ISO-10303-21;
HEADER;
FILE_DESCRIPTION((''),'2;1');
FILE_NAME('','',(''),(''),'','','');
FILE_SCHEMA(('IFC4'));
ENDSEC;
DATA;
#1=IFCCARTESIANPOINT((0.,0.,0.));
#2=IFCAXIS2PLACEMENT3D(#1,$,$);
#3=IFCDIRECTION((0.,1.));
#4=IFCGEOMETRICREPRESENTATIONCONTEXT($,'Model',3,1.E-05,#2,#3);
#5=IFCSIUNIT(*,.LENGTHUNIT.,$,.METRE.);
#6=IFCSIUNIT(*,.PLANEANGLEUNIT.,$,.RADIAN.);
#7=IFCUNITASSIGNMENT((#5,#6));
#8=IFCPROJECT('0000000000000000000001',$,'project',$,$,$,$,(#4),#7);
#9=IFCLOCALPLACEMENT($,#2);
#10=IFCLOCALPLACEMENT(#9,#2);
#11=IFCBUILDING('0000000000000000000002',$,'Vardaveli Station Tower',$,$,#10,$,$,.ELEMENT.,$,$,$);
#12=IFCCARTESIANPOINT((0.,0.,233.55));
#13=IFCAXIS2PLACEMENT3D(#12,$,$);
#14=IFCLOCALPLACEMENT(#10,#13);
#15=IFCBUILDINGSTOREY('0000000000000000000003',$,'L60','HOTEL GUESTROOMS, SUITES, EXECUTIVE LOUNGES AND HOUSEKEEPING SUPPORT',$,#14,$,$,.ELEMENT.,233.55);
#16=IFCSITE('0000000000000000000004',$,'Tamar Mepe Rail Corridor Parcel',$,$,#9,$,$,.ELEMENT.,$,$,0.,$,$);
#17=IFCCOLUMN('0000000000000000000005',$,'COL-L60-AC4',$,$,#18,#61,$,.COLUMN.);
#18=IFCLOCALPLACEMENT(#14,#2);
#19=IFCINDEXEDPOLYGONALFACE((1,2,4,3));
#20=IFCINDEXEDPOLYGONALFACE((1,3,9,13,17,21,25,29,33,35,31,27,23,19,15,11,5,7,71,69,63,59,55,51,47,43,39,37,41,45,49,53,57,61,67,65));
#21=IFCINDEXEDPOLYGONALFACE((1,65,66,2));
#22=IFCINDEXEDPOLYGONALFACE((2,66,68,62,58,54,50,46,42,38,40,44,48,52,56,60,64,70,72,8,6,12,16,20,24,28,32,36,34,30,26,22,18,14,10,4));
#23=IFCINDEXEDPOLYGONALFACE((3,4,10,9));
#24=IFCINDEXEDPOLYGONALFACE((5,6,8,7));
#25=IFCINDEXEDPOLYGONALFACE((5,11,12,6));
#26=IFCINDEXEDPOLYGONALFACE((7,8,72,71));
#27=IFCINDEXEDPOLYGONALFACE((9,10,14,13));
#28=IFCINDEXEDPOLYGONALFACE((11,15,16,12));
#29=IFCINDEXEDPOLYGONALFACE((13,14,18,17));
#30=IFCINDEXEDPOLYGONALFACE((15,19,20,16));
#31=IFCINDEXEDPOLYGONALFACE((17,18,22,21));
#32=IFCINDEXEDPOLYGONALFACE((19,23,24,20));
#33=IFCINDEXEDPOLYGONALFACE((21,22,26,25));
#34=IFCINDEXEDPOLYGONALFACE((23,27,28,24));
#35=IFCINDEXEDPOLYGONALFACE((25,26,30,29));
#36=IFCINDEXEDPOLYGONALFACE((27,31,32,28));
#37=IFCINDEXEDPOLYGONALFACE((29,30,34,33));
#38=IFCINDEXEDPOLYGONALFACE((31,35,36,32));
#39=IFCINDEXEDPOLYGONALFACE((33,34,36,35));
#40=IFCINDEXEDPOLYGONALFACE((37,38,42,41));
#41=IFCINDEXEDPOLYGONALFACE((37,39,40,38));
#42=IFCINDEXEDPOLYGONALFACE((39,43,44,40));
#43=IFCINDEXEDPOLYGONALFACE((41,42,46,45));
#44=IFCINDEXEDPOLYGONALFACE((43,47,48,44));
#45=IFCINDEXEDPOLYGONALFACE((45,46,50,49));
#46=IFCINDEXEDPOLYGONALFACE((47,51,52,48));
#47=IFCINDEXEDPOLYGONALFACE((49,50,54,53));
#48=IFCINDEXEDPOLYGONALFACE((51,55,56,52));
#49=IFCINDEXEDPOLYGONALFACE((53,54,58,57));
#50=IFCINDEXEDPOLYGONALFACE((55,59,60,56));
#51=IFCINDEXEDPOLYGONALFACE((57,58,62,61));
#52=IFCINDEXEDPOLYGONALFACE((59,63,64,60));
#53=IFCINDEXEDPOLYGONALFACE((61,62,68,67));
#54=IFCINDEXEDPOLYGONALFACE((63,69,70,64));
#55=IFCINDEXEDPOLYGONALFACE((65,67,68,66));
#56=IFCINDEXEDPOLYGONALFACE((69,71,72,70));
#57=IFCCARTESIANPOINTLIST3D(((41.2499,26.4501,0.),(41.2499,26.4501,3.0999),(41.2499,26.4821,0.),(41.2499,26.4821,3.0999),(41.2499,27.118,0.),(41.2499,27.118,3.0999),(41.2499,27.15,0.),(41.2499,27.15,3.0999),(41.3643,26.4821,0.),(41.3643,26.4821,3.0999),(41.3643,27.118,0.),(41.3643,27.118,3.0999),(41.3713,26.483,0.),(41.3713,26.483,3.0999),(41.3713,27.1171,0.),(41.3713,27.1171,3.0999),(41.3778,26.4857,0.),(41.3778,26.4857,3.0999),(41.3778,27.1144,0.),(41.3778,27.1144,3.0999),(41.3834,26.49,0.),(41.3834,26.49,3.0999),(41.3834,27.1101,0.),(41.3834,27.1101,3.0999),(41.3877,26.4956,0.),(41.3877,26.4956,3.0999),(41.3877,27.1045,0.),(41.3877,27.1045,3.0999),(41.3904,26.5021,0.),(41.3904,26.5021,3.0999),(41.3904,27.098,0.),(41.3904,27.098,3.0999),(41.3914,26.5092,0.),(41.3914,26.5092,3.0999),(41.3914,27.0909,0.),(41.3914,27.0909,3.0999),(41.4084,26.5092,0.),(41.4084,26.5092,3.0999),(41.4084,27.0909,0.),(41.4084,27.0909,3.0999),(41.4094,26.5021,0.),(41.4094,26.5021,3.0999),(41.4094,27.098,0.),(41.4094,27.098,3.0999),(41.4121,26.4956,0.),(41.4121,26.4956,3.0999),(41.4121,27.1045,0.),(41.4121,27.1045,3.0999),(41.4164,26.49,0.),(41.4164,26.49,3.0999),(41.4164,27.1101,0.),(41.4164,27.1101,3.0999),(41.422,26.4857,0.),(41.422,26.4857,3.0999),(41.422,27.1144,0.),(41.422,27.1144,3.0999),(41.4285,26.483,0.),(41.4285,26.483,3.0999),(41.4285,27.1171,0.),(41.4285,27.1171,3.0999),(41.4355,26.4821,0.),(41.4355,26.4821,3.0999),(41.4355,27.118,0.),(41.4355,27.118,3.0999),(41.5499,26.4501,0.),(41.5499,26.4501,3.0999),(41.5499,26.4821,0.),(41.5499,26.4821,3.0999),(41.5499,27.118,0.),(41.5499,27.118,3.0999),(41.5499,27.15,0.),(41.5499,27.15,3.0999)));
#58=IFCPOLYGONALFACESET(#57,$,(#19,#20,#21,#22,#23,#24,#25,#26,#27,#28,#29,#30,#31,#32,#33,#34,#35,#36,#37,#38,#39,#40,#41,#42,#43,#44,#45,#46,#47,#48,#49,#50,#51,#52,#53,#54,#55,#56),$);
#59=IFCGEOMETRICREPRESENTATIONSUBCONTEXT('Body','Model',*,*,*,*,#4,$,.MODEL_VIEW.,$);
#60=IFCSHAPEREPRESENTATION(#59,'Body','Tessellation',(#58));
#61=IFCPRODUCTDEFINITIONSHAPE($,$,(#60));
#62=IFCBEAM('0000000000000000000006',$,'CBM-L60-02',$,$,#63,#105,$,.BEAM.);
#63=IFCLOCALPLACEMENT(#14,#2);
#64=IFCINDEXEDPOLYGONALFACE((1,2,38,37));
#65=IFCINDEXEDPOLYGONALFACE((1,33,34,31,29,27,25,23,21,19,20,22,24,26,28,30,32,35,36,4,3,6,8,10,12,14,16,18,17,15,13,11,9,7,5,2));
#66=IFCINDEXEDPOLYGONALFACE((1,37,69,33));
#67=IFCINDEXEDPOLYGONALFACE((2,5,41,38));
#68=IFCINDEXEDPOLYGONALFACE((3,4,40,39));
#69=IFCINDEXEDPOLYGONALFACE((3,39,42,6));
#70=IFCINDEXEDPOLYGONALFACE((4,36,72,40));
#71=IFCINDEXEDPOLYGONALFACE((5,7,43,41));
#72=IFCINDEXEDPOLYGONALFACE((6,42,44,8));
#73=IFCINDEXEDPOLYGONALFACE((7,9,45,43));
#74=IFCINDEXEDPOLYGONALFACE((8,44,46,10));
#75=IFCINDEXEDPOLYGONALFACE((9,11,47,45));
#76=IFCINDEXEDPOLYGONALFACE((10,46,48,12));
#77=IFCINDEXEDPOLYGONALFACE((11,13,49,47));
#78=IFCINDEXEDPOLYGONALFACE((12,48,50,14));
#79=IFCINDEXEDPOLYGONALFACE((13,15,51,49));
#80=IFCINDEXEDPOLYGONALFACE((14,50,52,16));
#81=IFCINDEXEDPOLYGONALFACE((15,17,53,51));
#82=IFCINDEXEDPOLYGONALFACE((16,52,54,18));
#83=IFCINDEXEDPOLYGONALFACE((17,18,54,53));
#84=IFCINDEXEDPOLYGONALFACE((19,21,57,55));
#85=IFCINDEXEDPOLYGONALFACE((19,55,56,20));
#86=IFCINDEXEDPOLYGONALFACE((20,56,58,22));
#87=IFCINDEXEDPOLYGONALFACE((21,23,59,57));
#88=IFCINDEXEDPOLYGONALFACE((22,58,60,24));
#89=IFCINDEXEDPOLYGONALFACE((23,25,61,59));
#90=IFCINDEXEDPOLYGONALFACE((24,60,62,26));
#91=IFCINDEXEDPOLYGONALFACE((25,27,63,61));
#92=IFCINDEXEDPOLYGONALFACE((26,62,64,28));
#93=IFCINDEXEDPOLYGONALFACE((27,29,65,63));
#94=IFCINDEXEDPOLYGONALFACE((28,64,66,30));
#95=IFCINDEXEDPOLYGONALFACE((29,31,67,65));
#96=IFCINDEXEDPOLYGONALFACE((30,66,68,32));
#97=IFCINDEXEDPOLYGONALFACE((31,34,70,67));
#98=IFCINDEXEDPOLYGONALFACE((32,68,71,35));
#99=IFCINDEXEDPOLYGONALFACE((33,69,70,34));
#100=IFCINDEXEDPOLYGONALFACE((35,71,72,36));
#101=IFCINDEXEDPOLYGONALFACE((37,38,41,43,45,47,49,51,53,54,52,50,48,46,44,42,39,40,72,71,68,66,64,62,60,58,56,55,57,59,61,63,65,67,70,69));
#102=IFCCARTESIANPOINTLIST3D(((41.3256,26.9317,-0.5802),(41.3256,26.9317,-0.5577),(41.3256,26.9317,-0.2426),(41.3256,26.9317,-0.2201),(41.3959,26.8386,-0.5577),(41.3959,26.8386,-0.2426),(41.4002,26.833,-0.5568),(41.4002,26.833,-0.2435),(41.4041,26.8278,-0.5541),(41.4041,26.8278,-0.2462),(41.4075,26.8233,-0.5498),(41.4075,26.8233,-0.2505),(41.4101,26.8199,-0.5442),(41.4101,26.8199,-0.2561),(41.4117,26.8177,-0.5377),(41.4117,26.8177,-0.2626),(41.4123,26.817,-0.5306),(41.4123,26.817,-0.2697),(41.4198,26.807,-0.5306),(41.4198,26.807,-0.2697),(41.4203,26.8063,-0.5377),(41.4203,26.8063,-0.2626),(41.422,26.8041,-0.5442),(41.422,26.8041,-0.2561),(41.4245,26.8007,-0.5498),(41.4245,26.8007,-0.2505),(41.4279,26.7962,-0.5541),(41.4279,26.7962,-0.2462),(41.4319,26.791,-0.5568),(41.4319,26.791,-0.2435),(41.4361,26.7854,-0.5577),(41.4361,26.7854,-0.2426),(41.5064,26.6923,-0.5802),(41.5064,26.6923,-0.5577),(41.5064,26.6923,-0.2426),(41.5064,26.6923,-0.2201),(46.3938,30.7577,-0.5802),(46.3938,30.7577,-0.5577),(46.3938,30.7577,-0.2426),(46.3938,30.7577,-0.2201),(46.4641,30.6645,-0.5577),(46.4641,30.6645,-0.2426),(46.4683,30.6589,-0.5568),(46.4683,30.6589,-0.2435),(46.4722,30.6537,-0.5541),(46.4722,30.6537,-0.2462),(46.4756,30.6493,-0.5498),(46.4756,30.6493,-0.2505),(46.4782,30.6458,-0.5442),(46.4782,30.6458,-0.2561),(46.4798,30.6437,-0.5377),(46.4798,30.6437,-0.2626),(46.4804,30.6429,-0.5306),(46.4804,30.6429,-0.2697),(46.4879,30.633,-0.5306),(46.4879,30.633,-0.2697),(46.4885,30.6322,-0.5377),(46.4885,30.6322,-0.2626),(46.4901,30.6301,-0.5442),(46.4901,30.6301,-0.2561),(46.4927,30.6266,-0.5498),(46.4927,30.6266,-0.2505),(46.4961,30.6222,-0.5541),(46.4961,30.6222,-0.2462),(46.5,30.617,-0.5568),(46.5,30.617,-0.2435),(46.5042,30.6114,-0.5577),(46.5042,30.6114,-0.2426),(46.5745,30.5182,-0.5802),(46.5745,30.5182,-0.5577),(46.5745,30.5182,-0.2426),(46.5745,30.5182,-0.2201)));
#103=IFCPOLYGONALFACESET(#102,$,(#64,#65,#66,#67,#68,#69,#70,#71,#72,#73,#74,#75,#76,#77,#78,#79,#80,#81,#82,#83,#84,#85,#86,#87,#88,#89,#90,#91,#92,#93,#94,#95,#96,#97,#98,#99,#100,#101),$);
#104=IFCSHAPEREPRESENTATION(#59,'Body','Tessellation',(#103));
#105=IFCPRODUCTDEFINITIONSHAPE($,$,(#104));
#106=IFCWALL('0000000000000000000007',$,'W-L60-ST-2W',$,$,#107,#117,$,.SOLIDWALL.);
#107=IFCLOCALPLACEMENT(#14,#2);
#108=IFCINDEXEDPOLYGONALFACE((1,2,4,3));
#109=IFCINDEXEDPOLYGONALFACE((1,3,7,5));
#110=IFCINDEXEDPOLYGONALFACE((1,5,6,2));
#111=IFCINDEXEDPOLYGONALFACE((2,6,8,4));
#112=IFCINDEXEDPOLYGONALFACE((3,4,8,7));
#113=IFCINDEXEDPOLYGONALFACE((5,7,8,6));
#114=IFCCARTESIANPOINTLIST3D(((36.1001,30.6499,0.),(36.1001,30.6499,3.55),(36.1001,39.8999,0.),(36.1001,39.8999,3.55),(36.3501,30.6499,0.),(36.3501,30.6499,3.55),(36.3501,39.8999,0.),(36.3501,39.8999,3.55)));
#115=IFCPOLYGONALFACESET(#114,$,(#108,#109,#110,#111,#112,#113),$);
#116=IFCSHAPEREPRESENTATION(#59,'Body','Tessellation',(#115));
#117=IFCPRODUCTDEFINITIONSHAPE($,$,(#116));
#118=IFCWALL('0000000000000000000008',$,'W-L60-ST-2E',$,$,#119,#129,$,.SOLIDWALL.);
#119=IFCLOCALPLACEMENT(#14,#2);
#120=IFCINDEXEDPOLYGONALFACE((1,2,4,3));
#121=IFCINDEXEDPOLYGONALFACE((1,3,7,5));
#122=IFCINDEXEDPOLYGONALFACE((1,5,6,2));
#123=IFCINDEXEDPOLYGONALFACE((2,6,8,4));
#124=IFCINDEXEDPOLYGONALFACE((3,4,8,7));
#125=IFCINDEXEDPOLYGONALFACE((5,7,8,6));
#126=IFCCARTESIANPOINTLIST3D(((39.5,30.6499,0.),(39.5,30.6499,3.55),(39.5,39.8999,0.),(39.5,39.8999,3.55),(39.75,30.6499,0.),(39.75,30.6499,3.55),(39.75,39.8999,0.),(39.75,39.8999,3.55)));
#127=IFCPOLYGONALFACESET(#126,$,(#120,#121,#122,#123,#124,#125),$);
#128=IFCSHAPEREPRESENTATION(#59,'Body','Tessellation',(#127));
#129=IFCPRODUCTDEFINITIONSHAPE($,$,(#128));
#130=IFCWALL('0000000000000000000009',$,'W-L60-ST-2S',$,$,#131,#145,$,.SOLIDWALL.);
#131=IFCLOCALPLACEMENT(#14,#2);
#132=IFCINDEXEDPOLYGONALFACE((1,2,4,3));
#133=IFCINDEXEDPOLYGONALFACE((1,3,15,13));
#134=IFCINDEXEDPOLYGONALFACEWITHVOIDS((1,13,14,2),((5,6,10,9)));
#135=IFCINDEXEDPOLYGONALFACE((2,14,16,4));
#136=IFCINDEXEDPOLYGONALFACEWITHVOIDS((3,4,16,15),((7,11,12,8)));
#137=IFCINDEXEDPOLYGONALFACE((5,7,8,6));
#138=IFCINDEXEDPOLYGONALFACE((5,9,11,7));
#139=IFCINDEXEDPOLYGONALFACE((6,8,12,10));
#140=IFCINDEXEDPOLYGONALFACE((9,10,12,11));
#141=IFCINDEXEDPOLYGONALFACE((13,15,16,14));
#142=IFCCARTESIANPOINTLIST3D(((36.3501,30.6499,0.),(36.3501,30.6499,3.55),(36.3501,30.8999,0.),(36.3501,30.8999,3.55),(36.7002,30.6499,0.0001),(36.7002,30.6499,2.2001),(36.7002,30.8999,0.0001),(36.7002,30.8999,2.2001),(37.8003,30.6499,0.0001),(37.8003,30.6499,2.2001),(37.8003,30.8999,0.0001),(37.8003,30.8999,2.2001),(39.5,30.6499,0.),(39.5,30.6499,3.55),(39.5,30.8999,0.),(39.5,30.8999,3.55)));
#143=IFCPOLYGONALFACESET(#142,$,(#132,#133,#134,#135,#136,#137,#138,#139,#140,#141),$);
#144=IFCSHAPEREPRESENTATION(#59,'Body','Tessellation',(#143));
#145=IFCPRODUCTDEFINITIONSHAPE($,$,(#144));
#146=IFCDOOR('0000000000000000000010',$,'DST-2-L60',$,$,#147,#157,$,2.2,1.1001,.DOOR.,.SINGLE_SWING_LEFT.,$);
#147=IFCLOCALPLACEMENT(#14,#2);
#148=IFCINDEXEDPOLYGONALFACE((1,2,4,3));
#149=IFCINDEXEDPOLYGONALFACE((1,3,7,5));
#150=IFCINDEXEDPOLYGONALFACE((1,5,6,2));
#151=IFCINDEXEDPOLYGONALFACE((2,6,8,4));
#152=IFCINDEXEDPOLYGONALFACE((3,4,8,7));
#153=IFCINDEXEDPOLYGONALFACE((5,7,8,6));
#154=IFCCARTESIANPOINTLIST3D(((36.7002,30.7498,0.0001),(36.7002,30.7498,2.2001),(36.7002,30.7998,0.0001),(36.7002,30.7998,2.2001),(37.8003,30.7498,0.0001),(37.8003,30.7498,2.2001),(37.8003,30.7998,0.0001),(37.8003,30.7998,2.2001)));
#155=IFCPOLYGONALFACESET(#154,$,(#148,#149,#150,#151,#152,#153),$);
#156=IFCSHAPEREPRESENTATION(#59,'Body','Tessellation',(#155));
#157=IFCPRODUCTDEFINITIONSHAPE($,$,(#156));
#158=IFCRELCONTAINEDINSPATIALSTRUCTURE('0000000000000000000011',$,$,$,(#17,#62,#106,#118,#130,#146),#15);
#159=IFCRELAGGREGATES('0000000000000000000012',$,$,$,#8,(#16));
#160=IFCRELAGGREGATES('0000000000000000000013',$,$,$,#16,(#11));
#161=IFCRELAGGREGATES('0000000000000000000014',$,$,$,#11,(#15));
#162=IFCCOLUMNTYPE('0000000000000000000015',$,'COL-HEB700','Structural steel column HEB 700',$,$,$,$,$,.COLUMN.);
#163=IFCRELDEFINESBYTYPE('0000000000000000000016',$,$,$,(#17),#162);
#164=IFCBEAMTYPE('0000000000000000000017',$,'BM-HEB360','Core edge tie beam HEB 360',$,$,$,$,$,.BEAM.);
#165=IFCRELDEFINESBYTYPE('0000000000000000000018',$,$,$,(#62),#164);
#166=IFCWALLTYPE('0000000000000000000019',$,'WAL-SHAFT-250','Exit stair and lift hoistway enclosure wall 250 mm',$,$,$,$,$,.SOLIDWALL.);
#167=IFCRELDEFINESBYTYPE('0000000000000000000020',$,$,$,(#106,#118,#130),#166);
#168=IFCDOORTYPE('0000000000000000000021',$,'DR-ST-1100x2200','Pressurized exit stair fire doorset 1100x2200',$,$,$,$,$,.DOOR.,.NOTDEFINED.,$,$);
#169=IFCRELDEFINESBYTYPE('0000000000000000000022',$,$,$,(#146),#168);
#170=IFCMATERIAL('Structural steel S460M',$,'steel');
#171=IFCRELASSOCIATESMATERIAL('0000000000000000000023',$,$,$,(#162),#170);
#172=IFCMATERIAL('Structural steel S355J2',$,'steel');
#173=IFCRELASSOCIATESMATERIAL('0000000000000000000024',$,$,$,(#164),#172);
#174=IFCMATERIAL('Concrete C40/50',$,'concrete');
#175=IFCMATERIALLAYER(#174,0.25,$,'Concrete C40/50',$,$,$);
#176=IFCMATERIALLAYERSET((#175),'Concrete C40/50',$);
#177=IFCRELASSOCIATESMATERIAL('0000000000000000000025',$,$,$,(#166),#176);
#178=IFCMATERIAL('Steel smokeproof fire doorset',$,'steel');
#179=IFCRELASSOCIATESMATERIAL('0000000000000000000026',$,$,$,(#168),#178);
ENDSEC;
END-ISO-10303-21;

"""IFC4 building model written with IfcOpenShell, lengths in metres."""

from ifc_helpers import new_model, si_unit, direction, frame, frame_2d, origin, origin_2d, place, context, subcontext, project, spatial, rectangle, i_section, extrude, source, transform, mapped, material, layer, layer_set, material_profile, profile_set, type_object, element, fill, save


model = new_model("IFC4")

# Units and contexts
model_context = context("Model", 3, precision=1e-05, world=origin(), true_north=direction((0.0, 1.0)))
body_context = subcontext(model_context, "Body", "Model", "MODEL_VIEW")
ifc_project = project(units=[si_unit("LENGTHUNIT", "METRE"), si_unit("PLANEANGLEUNIT", "RADIAN")], contexts=[model_context])

# Site, building, storey
site_placement = place(None, origin())
site = spatial("IfcSite", under=ifc_project, at=site_placement, Name="Tamar Mepe Rail Corridor Parcel", CompositionType="ELEMENT", RefElevation=0.0)
building_placement = place(site_placement, origin())
building = spatial("IfcBuilding", under=site, at=building_placement, Name="Vardaveli Station Tower", CompositionType="ELEMENT")
storey_placement = place(building_placement, frame((0.0, 0.0, 233.55)))
storey = spatial("IfcBuildingStorey", under=building, at=storey_placement, Name="L60", Description="HOTEL GUESTROOMS, SUITES, EXECUTIVE LOUNGES AND HOUSEKEEPING SUPPORT", CompositionType="ELEMENT", Elevation=233.55)

# Column
ifc_material_1 = material(Name="Structural steel S460M", Category="steel")
ifc_material_profile_1 = material_profile(ifc_material_1, i_section(OverallWidth=0.3, OverallDepth=0.7, WebThickness=0.0171, FlangeThickness=0.032, FilletRadius=0.0271, at=origin_2d()), Name="HEB 700")
ifc_profile_set_1 = profile_set([ifc_material_profile_1], Name="Structural steel S460M")
column_type = type_object("IfcColumnType", Name="COL-HEB700", Description="Structural steel column HEB 700", PredefinedType="COLUMN", material=ifc_profile_set_1)
shared_shape_1 = source(origin(), body_context, "Body", "SweptSolid", [
    extrude(i_section(OverallWidth=0.3, OverallDepth=0.7, WebThickness=0.0171, FlangeThickness=0.032, FilletRadius=0.0271, at=origin_2d()), origin(), (0.0, 0.0, 1.0), 3.0999),
])
column_placement = place(storey_placement, frame((41.3999, 26.8, 0.0), z_axis=(0.0, 0.0, 1.0), x_axis=(1.0, 0.0, 0.0)))
element("IfcColumn", 1, at=column_placement, inside=storey, type_object=column_type, Name="COL-L60-AC4", PredefinedType="COLUMN", context=body_context, shape_type="MappedRepresentation", body=[
    mapped(shared_shape_1, transform((0.0, 0.0, 0.0), scale=1.0)),
])

# Beam
ifc_material_2 = material(Name="Structural steel S355J2", Category="steel")
ifc_material_profile_2 = material_profile(ifc_material_2, i_section(OverallWidth=0.3, OverallDepth=0.3601, WebThickness=0.0125, FlangeThickness=0.0225, FilletRadius=0.0271, at=origin_2d()), Name="HEB 360")
ifc_profile_set_2 = profile_set([ifc_material_profile_2], Name="Structural steel S355J2")
beam_type = type_object("IfcBeamType", Name="BM-HEB360", Description="Core edge tie beam HEB 360", PredefinedType="BEAM", material=ifc_profile_set_2)
shared_shape_2 = source(origin(), body_context, "Body", "SweptSolid", [
    extrude(i_section(OverallWidth=0.3, OverallDepth=0.3601, WebThickness=0.0125, FlangeThickness=0.0225, FilletRadius=0.0271, at=origin_2d()), origin(), (0.0, 0.0, 1.0), 6.3501),
])
beam_placement = place(storey_placement, frame((41.416, 26.812, -0.4001), z_axis=(0.798118, 0.602501, 0.0), x_axis=(-0.602501, 0.798118, 0.0)))
element("IfcBeam", 2, at=beam_placement, inside=storey, type_object=beam_type, Name="CBM-L60-02", PredefinedType="BEAM", context=body_context, shape_type="MappedRepresentation", body=[
    mapped(shared_shape_2, transform((0.0, 0.0, 0.0), scale=1.0)),
])

# Walls
ifc_material_3 = material(Name="Concrete C40/50", Category="concrete")
ifc_layer_1 = layer(ifc_material_3, 0.25, Name="Concrete C40/50")
ifc_layer_set_1 = layer_set([ifc_layer_1], Name="Concrete C40/50")
wall_type_1 = type_object("IfcWallType", Name="WAL-SHAFT-250", Description="Exit stair and lift hoistway enclosure wall 250 mm", PredefinedType="SOLIDWALL", material=ifc_layer_set_1)
shared_shape_3 = source(origin(), body_context, "Body", "SweptSolid", [
    extrude(rectangle(XDim=9.25, YDim=0.25, at=frame_2d((4.625, 0.0))), origin(), (0.0, 0.0, 1.0), 3.55),
])
for number, where, z_axis, x_axis, name in (
    (3, (36.2251, 30.6499, 0.0), (0.0, 0.0, 1.0), (0.0, 1.0, 0.0), "W-L60-ST-2W"),
    (4, (39.625, 30.6499, 0.0), (0.0, 0.0, 1.0), (0.0, 1.0, 0.0), "W-L60-ST-2E"),
):
    element("IfcWall", number, at=place(storey_placement, frame(where, z_axis=z_axis, x_axis=x_axis)), inside=storey, type_object=wall_type_1, Name=name, PredefinedType="SOLIDWALL", context=body_context, shape_type="MappedRepresentation", body=[
        mapped(shared_shape_3, transform((0.0, 0.0, 0.0), scale=1.0)),
    ])

# Wall, opening, door
shared_shape_4 = source(origin(), body_context, "Body", "SweptSolid", [
    extrude(rectangle(XDim=3.1499, YDim=0.25, at=frame_2d((1.575, 0.0))), origin(), (0.0, 0.0, 1.0), 3.55),
])
wall_1_placement = place(storey_placement, frame((36.3501, 30.7749, 0.0), z_axis=(0.0, 0.0, 1.0), x_axis=(1.0, 0.0, 0.0)))
wall_1 = element("IfcWall", 5, at=wall_1_placement, inside=storey, type_object=wall_type_1, Name="W-L60-ST-2S", PredefinedType="SOLIDWALL", context=body_context, shape_type="MappedRepresentation", body=[
    mapped(shared_shape_4, transform((0.0, 0.0, 0.0), scale=1.0)),
])
shared_shape_5 = source(origin(), body_context, "Body", "SweptSolid", [
    extrude(rectangle(XDim=1.1001, YDim=2.2, at=frame_2d((0.55, 1.1001))), frame((0.0, 0.135, 0.0), z_axis=(0.0, -1.0, 0.0), x_axis=(1.0, 0.0, 0.0)), (0.0, 0.0, 1.0), 0.27),
])
opening_1_placement = place(wall_1_placement, frame((0.3501, 0.0, 0.0)))
opening_1 = element("IfcOpeningElement", 6, at=opening_1_placement, cuts=wall_1, PredefinedType="OPENING", context=body_context, shape_type="MappedRepresentation", body=[
    mapped(shared_shape_5, transform((0.0, 0.0, 0.0), scale=1.0)),
])
ifc_material_4 = material(Name="Steel smokeproof fire doorset", Category="steel")
door_type_1 = type_object("IfcDoorType", Name="DR-ST-1100x2200", Description="Pressurized exit stair fire doorset 1100x2200", OperationType="NOTDEFINED", PredefinedType="DOOR", material=ifc_material_4)
shared_shape_6 = source(origin(), body_context, "Body", "SweptSolid", [
    extrude(rectangle(XDim=1.1001, YDim=2.2, at=frame_2d((0.55, 1.1001))), frame((0.0, 0.0249, 0.0), z_axis=(0.0, -1.0, 0.0), x_axis=(1.0, 0.0, 0.0)), (0.0, 0.0, 1.0), 0.05),
])
door_1_placement = place(opening_1_placement, origin())
door_1 = element("IfcDoor", 7, at=door_1_placement, inside=storey, type_object=door_type_1, Name="DST-2-L60", OperationType="SINGLE_SWING_LEFT", OverallHeight=2.2, OverallWidth=1.1001, PredefinedType="DOOR", context=body_context, shape_type="MappedRepresentation", body=[
    mapped(shared_shape_6, transform((0.0, 0.0, 0.0), scale=1.0)),
])
fill(opening_1, door_1)

save(model, "model.ifc")
